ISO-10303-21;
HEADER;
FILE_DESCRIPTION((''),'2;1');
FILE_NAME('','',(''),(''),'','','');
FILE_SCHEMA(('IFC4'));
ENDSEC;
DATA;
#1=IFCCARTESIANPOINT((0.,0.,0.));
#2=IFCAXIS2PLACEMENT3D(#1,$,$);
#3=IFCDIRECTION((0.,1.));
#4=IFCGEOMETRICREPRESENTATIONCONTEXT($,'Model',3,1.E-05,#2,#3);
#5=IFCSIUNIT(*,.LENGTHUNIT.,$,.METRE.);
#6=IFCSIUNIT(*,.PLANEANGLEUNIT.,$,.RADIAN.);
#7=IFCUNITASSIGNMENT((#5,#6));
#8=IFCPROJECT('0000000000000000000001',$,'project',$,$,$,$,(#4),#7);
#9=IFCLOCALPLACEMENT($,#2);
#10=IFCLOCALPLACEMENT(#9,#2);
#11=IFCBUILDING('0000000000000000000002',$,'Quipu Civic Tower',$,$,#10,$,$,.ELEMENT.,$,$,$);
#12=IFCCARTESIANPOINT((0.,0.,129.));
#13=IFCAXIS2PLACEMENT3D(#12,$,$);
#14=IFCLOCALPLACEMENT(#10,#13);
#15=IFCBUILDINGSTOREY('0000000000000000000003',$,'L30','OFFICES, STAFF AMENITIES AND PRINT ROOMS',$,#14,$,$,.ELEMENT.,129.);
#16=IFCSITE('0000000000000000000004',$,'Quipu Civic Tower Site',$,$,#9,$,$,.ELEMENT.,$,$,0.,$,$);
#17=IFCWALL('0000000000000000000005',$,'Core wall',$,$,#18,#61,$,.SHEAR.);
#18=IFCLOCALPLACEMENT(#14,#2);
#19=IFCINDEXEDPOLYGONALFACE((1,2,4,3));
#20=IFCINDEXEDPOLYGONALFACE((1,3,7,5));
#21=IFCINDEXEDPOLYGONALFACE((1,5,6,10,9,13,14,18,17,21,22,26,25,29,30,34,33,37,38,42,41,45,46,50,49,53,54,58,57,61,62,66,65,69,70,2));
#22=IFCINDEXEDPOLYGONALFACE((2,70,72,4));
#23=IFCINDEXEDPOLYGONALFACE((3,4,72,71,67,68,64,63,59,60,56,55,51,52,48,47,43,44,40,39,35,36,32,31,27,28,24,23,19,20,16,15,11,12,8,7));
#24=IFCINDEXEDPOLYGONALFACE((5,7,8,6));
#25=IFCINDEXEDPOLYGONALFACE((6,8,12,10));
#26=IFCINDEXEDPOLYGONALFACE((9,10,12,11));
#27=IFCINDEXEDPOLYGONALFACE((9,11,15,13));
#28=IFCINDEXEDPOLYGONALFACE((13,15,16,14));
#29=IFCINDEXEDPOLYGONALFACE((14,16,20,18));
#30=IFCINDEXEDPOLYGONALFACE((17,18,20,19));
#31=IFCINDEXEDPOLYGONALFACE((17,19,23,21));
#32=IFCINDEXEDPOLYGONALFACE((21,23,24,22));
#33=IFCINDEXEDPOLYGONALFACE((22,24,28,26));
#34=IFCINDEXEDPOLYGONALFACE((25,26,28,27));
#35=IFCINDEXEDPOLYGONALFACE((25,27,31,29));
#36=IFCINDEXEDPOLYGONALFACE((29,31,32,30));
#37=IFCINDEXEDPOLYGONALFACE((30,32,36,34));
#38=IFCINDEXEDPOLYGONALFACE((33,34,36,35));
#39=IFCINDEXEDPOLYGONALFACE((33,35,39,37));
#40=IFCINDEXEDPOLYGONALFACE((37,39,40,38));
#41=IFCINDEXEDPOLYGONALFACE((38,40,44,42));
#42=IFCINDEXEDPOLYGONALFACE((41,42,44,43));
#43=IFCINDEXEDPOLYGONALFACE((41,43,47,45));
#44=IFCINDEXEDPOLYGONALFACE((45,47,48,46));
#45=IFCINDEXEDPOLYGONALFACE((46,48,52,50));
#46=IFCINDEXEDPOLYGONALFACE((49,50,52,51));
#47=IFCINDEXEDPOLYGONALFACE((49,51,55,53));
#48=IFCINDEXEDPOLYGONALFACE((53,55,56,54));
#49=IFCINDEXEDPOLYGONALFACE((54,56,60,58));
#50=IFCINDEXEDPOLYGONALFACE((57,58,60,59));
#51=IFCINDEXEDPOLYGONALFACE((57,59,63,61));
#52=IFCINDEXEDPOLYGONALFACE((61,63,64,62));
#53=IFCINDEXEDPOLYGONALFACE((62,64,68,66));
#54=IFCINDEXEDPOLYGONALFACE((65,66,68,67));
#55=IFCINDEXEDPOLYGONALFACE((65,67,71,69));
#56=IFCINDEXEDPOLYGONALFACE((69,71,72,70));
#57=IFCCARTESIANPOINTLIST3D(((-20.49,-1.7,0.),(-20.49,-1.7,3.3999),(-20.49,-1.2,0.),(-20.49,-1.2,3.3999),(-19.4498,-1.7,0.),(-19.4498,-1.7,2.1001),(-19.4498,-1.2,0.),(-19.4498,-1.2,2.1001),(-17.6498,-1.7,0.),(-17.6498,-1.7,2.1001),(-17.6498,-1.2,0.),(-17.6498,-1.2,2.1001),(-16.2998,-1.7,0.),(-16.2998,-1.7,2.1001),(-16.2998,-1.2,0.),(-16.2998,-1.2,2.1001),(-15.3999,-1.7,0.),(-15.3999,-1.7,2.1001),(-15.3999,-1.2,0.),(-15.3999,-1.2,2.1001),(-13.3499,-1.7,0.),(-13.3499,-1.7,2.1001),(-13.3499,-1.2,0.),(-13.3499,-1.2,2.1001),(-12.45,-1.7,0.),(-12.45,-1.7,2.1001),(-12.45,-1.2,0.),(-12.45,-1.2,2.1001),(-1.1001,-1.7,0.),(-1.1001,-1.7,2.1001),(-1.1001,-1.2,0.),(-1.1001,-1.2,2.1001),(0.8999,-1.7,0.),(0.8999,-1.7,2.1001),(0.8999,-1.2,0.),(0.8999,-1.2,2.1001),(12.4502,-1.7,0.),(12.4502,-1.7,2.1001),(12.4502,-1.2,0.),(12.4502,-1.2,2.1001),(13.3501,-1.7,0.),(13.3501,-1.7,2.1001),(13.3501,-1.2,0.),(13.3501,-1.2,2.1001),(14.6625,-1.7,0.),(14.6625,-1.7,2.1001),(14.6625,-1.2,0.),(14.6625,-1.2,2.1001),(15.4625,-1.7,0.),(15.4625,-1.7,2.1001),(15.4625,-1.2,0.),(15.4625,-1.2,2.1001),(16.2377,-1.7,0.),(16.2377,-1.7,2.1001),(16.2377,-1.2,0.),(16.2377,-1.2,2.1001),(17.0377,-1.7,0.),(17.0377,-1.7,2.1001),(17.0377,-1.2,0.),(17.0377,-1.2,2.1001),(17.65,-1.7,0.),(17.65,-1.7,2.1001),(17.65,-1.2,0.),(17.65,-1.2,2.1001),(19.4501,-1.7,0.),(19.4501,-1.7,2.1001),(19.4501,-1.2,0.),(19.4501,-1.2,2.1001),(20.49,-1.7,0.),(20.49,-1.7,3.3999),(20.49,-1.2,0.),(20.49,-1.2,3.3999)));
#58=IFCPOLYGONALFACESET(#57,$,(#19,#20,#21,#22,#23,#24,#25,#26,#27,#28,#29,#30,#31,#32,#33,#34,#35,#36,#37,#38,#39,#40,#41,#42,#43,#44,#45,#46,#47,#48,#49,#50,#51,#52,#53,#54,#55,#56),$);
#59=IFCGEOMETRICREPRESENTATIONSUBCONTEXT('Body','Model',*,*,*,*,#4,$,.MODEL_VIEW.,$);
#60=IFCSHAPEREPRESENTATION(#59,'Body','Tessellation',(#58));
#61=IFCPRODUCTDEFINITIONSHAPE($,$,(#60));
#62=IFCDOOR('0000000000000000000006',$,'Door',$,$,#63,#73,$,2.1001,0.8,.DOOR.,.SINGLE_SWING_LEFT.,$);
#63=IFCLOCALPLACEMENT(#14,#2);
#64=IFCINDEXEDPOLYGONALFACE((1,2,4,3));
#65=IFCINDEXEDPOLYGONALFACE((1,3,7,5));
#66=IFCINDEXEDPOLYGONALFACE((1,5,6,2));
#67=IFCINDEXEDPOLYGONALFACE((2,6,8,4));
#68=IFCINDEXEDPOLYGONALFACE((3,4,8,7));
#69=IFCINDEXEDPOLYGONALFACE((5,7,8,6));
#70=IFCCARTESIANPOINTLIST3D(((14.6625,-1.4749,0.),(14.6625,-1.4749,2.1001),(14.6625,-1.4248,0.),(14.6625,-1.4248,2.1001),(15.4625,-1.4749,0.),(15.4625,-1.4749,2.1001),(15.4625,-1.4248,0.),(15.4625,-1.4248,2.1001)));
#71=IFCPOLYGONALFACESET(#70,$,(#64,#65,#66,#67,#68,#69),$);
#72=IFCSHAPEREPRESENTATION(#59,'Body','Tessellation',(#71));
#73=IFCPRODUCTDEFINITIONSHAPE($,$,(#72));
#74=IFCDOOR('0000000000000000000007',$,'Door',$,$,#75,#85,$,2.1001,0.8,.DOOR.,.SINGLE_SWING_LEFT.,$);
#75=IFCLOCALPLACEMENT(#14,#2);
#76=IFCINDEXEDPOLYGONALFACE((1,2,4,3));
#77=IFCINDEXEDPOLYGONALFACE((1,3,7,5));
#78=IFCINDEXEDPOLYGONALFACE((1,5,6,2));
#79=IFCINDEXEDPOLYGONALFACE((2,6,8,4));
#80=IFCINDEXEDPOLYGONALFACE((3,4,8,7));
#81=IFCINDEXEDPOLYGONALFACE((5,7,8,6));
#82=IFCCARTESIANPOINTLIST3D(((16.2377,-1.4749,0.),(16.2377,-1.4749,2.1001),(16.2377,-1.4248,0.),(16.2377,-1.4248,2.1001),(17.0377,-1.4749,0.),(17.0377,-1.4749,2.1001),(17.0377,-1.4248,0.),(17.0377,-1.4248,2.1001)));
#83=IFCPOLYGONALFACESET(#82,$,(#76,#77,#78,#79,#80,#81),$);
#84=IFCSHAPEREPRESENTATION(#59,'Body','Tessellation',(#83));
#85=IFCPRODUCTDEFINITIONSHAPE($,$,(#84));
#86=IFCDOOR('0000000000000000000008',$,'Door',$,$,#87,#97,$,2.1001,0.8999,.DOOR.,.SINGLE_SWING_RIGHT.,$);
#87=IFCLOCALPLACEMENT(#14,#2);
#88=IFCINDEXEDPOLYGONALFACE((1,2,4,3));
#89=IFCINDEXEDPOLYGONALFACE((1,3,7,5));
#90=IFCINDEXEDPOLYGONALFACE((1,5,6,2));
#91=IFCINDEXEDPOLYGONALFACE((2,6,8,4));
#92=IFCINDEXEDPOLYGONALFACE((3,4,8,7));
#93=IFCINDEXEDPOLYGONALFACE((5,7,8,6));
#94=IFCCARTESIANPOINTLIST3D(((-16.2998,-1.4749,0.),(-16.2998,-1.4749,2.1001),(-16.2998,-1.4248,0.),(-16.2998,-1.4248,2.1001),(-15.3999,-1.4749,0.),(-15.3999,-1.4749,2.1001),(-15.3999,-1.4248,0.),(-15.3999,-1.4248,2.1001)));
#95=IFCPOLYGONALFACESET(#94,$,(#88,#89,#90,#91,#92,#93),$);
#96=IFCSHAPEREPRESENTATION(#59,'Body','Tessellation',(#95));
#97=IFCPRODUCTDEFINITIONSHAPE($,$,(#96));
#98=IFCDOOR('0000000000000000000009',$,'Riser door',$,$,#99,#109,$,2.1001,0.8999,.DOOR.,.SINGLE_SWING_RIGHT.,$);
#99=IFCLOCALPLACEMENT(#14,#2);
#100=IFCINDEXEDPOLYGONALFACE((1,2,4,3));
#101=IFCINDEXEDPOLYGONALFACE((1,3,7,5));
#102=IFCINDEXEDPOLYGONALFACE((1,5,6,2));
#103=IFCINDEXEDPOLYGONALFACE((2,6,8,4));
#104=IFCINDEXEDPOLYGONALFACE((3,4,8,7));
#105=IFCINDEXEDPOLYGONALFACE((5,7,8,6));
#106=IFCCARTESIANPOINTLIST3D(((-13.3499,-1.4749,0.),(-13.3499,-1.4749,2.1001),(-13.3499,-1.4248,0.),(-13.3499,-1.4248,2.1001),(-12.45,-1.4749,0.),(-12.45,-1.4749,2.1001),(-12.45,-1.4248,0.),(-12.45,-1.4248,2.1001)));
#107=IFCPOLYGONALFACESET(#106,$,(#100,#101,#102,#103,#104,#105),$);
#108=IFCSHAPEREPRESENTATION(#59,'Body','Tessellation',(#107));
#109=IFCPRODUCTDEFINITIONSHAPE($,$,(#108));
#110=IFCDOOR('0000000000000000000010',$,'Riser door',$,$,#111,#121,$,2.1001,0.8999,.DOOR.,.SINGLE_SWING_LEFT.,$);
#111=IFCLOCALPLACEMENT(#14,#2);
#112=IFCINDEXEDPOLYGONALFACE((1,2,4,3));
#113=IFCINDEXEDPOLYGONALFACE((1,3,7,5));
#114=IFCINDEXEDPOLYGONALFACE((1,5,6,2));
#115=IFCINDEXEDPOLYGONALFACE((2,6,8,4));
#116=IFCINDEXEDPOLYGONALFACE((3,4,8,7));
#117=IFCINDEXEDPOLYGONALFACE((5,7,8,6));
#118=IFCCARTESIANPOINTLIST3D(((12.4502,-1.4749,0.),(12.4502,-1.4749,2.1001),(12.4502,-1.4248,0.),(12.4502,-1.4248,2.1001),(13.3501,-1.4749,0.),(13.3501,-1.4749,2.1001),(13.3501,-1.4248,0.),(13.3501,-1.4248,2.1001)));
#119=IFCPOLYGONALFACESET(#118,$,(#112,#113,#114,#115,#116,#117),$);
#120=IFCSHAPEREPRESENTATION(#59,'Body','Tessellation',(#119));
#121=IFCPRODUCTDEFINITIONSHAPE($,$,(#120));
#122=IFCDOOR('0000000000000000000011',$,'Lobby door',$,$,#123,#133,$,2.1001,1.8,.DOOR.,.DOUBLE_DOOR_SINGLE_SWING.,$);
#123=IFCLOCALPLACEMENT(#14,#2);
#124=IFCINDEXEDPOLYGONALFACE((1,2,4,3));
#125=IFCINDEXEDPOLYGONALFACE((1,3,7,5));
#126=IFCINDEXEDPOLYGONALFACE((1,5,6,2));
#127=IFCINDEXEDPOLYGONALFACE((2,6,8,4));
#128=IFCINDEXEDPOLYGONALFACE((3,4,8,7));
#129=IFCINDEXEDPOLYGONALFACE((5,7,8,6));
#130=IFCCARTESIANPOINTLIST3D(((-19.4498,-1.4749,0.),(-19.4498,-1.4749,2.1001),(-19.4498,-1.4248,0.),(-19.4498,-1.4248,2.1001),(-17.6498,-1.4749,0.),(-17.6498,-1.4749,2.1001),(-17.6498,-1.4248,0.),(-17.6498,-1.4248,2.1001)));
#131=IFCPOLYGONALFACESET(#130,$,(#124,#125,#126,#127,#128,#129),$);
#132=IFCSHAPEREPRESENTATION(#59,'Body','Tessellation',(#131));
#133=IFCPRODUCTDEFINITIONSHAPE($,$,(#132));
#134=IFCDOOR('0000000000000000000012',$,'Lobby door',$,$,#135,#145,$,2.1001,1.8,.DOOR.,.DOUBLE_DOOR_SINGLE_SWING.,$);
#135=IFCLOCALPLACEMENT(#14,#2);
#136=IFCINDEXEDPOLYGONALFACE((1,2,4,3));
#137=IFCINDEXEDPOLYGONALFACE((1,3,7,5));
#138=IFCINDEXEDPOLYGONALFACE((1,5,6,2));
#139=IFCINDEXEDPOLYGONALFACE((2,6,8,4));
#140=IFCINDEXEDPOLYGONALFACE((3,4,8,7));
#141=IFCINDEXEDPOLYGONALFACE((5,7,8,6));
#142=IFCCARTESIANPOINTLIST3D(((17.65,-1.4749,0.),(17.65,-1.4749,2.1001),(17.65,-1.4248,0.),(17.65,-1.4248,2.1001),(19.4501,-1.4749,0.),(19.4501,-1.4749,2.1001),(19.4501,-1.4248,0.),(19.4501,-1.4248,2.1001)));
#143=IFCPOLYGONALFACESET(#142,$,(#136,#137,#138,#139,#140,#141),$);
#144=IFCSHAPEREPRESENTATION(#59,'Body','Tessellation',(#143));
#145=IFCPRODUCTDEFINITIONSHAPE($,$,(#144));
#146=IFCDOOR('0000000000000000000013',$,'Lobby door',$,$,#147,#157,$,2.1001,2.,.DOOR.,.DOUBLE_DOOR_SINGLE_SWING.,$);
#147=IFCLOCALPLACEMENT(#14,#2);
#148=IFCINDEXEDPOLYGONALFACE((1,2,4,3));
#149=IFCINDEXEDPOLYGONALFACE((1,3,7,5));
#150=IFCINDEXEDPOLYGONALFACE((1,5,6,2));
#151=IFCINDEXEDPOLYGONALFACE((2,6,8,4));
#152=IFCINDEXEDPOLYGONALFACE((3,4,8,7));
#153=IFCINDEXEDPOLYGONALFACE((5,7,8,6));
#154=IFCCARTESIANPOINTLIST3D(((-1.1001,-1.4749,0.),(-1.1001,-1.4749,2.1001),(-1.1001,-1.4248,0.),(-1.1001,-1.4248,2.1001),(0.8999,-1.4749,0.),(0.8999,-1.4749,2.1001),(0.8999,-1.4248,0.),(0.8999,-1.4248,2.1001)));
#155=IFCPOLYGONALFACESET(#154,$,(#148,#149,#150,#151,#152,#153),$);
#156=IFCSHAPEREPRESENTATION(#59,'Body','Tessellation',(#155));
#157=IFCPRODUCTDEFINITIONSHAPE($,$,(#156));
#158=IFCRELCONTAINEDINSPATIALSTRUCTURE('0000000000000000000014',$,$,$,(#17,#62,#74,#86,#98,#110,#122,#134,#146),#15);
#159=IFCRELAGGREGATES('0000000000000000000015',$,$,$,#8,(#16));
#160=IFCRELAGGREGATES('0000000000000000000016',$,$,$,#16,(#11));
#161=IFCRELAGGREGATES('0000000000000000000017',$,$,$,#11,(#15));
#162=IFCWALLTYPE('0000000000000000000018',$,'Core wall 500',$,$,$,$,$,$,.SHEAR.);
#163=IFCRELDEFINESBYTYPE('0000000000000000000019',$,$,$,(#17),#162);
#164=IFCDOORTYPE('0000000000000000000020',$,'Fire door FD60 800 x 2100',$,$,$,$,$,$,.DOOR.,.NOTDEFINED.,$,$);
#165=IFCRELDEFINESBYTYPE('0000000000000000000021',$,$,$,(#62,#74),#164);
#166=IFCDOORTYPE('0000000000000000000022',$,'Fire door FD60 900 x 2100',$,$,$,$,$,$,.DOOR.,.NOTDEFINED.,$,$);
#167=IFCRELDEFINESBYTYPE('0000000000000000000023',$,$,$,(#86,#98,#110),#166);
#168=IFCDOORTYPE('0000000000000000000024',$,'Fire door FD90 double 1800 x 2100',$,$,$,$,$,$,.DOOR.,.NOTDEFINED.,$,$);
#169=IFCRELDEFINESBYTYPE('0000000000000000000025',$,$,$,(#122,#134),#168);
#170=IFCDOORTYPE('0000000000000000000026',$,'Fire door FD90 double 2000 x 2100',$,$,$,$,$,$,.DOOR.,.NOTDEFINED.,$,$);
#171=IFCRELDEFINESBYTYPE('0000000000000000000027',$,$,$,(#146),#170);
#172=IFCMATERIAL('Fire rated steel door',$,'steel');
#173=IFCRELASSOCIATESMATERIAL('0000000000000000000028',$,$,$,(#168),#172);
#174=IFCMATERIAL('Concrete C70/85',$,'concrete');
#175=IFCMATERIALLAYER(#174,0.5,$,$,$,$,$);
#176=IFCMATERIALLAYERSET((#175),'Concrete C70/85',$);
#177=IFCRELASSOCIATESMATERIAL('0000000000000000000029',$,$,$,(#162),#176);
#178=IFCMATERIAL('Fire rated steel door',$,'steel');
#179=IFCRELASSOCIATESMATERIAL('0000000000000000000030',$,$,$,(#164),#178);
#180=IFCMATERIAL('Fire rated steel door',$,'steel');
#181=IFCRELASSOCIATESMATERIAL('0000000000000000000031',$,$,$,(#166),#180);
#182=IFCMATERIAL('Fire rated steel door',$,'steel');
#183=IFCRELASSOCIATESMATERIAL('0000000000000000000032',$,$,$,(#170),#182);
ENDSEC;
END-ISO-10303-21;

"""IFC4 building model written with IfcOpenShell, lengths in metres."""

from ifc_helpers import new_model, si_unit, direction, frame, frame_2d, origin, place, context, subcontext, project, spatial, rectangle, extrude, material, layer, layer_set, type_object, element, fill, save


model = new_model("IFC4")

# Units and contexts
model_context = context("Model", 3, precision=1e-05, world=origin(), true_north=direction((0.0, 1.0)))
body_context = subcontext(model_context, "Body", "Model", "MODEL_VIEW")
ifc_project = project(units=[si_unit("LENGTHUNIT", "METRE"), si_unit("PLANEANGLEUNIT", "RADIAN")], contexts=[model_context])

# Site, building, storey
site_placement = place(None, origin())
site = spatial("IfcSite", under=ifc_project, at=site_placement, Name="Quipu Civic Tower Site", CompositionType="ELEMENT", RefElevation=0.0)
building_placement = place(site_placement, origin())
building = spatial("IfcBuilding", under=site, at=building_placement, Name="Quipu Civic Tower", CompositionType="ELEMENT")
storey_placement = place(building_placement, frame((0.0, 0.0, 129.0)))
storey = spatial("IfcBuildingStorey", under=building, at=storey_placement, Name="L30", Description="OFFICES, STAFF AMENITIES AND PRINT ROOMS", CompositionType="ELEMENT", Elevation=129.0)

# Shared definitions
ifc_material_1 = material(Name="Fire rated steel door", Category="steel")
door_type_1 = type_object("IfcDoorType", Name="Fire door FD90 double 1800 x 2100", OperationType="NOTDEFINED", PredefinedType="DOOR", material=ifc_material_1)

# Shared definitions
ifc_material_2 = material(Name="Concrete C70/85", Category="concrete")
ifc_layer_1 = layer(ifc_material_2, 0.5)
ifc_layer_set_1 = layer_set([ifc_layer_1], Name="Concrete C70/85")
wall_type_1 = type_object("IfcWallType", Name="Core wall 500", PredefinedType="SHEAR", material=ifc_layer_set_1)

# Wall, openings, doors
wall_1_placement = place(storey_placement, frame((20.49, -1.45, 0.0), z_axis=(0.0, 0.0, 1.0), x_axis=(-1.0, 0.0, 0.0)))
wall_1 = element("IfcWall", 1, at=wall_1_placement, inside=storey, type_object=wall_type_1, Name="Core wall", PredefinedType="SHEAR", context=body_context, shape_type="SweptSolid", body=[
    extrude(rectangle(XDim=40.98, YDim=0.5, at=frame_2d((20.49, 0.0))), origin(), (0.0, 0.0, 1.0), 3.3999),
])
opening_1_placement = place(wall_1_placement, frame((38.1399, 0.0, 0.0)))
opening_1 = element("IfcOpeningElement", 2, at=opening_1_placement, cuts=wall_1, PredefinedType="OPENING", context=body_context, shape_type="SweptSolid", body=[
    extrude(rectangle(XDim=1.8, YDim=2.1001, at=frame_2d((0.8999, 1.05))), frame((0.0, 0.26, 0.0), z_axis=(0.0, -1.0, 0.0), x_axis=(1.0, 0.0, 0.0)), (0.0, 0.0, 1.0), 0.52),
])
opening_2_placement = place(wall_1_placement, frame((35.8899, 0.0, 0.0)))
opening_2 = element("IfcOpeningElement", 3, at=opening_2_placement, cuts=wall_1, PredefinedType="OPENING", context=body_context, shape_type="SweptSolid", body=[
    extrude(rectangle(XDim=0.8999, YDim=2.1001, at=frame_2d((0.45, 1.05))), frame((0.0, 0.26, 0.0), z_axis=(0.0, -1.0, 0.0), x_axis=(1.0, 0.0, 0.0)), (0.0, 0.0, 1.0), 0.52),
])
opening_3_placement = place(wall_1_placement, frame((32.9399, 0.0, 0.0)))
opening_3 = element("IfcOpeningElement", 4, at=opening_3_placement, cuts=wall_1, PredefinedType="OPENING", context=body_context, shape_type="SweptSolid", body=[
    extrude(rectangle(XDim=0.8999, YDim=2.1001, at=frame_2d((0.45, 1.05))), frame((0.0, 0.26, 0.0), z_axis=(0.0, -1.0, 0.0), x_axis=(1.0, 0.0, 0.0)), (0.0, 0.0, 1.0), 0.52),
])
opening_4_placement = place(wall_1_placement, frame((19.5901, 0.0, 0.0)))
opening_4 = element("IfcOpeningElement", 5, at=opening_4_placement, cuts=wall_1, PredefinedType="OPENING", context=body_context, shape_type="SweptSolid", body=[
    extrude(rectangle(XDim=2.0, YDim=2.1001, at=frame_2d((1.0, 1.05))), frame((0.0, 0.26, 0.0), z_axis=(0.0, -1.0, 0.0), x_axis=(1.0, 0.0, 0.0)), (0.0, 0.0, 1.0), 0.52),
])
opening_5_placement = place(wall_1_placement, frame((7.1399, 0.0, 0.0)))
opening_5 = element("IfcOpeningElement", 6, at=opening_5_placement, cuts=wall_1, PredefinedType="OPENING", context=body_context, shape_type="SweptSolid", body=[
    extrude(rectangle(XDim=0.8999, YDim=2.1001, at=frame_2d((0.45, 1.05))), frame((0.0, 0.26, 0.0), z_axis=(0.0, -1.0, 0.0), x_axis=(1.0, 0.0, 0.0)), (0.0, 0.0, 1.0), 0.52),
])
opening_6_placement = place(wall_1_placement, frame((5.0276, 0.0, 0.0)))
opening_6 = element("IfcOpeningElement", 7, at=opening_6_placement, cuts=wall_1, PredefinedType="OPENING", context=body_context, shape_type="SweptSolid", body=[
    extrude(rectangle(XDim=0.8, YDim=2.1001, at=frame_2d((0.3999, 1.05))), frame((0.0, 0.26, 0.0), z_axis=(0.0, -1.0, 0.0), x_axis=(1.0, 0.0, 0.0)), (0.0, 0.0, 1.0), 0.52),
])
opening_7_placement = place(wall_1_placement, frame((3.4524, 0.0, 0.0)))
opening_7 = element("IfcOpeningElement", 8, at=opening_7_placement, cuts=wall_1, PredefinedType="OPENING", context=body_context, shape_type="SweptSolid", body=[
    extrude(rectangle(XDim=0.8, YDim=2.1001, at=frame_2d((0.3999, 1.05))), frame((0.0, 0.26, 0.0), z_axis=(0.0, -1.0, 0.0), x_axis=(1.0, 0.0, 0.0)), (0.0, 0.0, 1.0), 0.52),
])
opening_8_placement = place(wall_1_placement, frame((1.04, 0.0, 0.0)))
opening_8 = element("IfcOpeningElement", 9, at=opening_8_placement, cuts=wall_1, PredefinedType="OPENING", context=body_context, shape_type="SweptSolid", body=[
    extrude(rectangle(XDim=1.8, YDim=2.1001, at=frame_2d((0.8999, 1.05))), frame((0.0, 0.26, 0.0), z_axis=(0.0, -1.0, 0.0), x_axis=(1.0, 0.0, 0.0)), (0.0, 0.0, 1.0), 0.52),
])
ifc_material_3 = material(Name="Fire rated steel door", Category="steel")
door_type_2 = type_object("IfcDoorType", Name="Fire door FD60 800 x 2100", OperationType="NOTDEFINED", PredefinedType="DOOR", material=ifc_material_3)
door_1_placement = place(opening_6_placement, origin())
door_1 = element("IfcDoor", 10, at=door_1_placement, inside=storey, type_object=door_type_2, Name="Door", OperationType="SINGLE_SWING_LEFT", OverallHeight=2.1001, OverallWidth=0.8, PredefinedType="DOOR", context=body_context, shape_type="SweptSolid", body=[
    extrude(rectangle(XDim=0.8, YDim=2.1001, at=frame_2d((0.3999, 1.05))), frame((0.0, 0.0249, 0.0), z_axis=(0.0, -1.0, 0.0), x_axis=(1.0, 0.0, 0.0)), (0.0, 0.0, 1.0), 0.05),
])
fill(opening_6, door_1)
door_2_placement = place(opening_7_placement, origin())
door_2 = element("IfcDoor", 11, at=door_2_placement, inside=storey, type_object=door_type_2, Name="Door", OperationType="SINGLE_SWING_LEFT", OverallHeight=2.1001, OverallWidth=0.8, PredefinedType="DOOR", context=body_context, shape_type="SweptSolid", body=[
    extrude(rectangle(XDim=0.8, YDim=2.1001, at=frame_2d((0.3999, 1.05))), frame((0.0, 0.0249, 0.0), z_axis=(0.0, -1.0, 0.0), x_axis=(1.0, 0.0, 0.0)), (0.0, 0.0, 1.0), 0.05),
])
fill(opening_7, door_2)
ifc_material_4 = material(Name="Fire rated steel door", Category="steel")
door_type_3 = type_object("IfcDoorType", Name="Fire door FD60 900 x 2100", OperationType="NOTDEFINED", PredefinedType="DOOR", material=ifc_material_4)
door_3_placement = place(opening_2_placement, origin())
door_3 = element("IfcDoor", 12, at=door_3_placement, inside=storey, type_object=door_type_3, Name="Door", OperationType="SINGLE_SWING_RIGHT", OverallHeight=2.1001, OverallWidth=0.8999, PredefinedType="DOOR", context=body_context, shape_type="SweptSolid", body=[
    extrude(rectangle(XDim=0.8999, YDim=2.1001, at=frame_2d((0.45, 1.05))), frame((0.0, 0.0249, 0.0), z_axis=(0.0, -1.0, 0.0), x_axis=(1.0, 0.0, 0.0)), (0.0, 0.0, 1.0), 0.05),
])
fill(opening_2, door_3)
door_4_placement = place(opening_3_placement, origin())
door_4 = element("IfcDoor", 13, at=door_4_placement, inside=storey, type_object=door_type_3, Name="Riser door", OperationType="SINGLE_SWING_RIGHT", OverallHeight=2.1001, OverallWidth=0.8999, PredefinedType="DOOR", context=body_context, shape_type="SweptSolid", body=[
    extrude(rectangle(XDim=0.8999, YDim=2.1001, at=frame_2d((0.45, 1.05))), frame((0.0, 0.0249, 0.0), z_axis=(0.0, -1.0, 0.0), x_axis=(1.0, 0.0, 0.0)), (0.0, 0.0, 1.0), 0.05),
])
fill(opening_3, door_4)
door_5_placement = place(opening_5_placement, origin())
door_5 = element("IfcDoor", 14, at=door_5_placement, inside=storey, type_object=door_type_3, Name="Riser door", OperationType="SINGLE_SWING_LEFT", OverallHeight=2.1001, OverallWidth=0.8999, PredefinedType="DOOR", context=body_context, shape_type="SweptSolid", body=[
    extrude(rectangle(XDim=0.8999, YDim=2.1001, at=frame_2d((0.45, 1.05))), frame((0.0, 0.0249, 0.0), z_axis=(0.0, -1.0, 0.0), x_axis=(1.0, 0.0, 0.0)), (0.0, 0.0, 1.0), 0.05),
])
fill(opening_5, door_5)
door_6_placement = place(opening_1_placement, origin())
door_6 = element("IfcDoor", 15, at=door_6_placement, inside=storey, type_object=door_type_1, Name="Lobby door", OperationType="DOUBLE_DOOR_SINGLE_SWING", OverallHeight=2.1001, OverallWidth=1.8, PredefinedType="DOOR", context=body_context, shape_type="SweptSolid", body=[
    extrude(rectangle(XDim=1.8, YDim=2.1001, at=frame_2d((0.8999, 1.05))), frame((0.0, 0.0249, 0.0), z_axis=(0.0, -1.0, 0.0), x_axis=(1.0, 0.0, 0.0)), (0.0, 0.0, 1.0), 0.05),
])
fill(opening_1, door_6)
door_7_placement = place(opening_8_placement, origin())
door_7 = element("IfcDoor", 16, at=door_7_placement, inside=storey, type_object=door_type_1, Name="Lobby door", OperationType="DOUBLE_DOOR_SINGLE_SWING", OverallHeight=2.1001, OverallWidth=1.8, PredefinedType="DOOR", context=body_context, shape_type="SweptSolid", body=[
    extrude(rectangle(XDim=1.8, YDim=2.1001, at=frame_2d((0.8999, 1.05))), frame((0.0, 0.0249, 0.0), z_axis=(0.0, -1.0, 0.0), x_axis=(1.0, 0.0, 0.0)), (0.0, 0.0, 1.0), 0.05),
])
fill(opening_8, door_7)
ifc_material_5 = material(Name="Fire rated steel door", Category="steel")
door_type_4 = type_object("IfcDoorType", Name="Fire door FD90 double 2000 x 2100", OperationType="NOTDEFINED", PredefinedType="DOOR", material=ifc_material_5)
door_8_placement = place(opening_4_placement, origin())
door_8 = element("IfcDoor", 17, at=door_8_placement, inside=storey, type_object=door_type_4, Name="Lobby door", OperationType="DOUBLE_DOOR_SINGLE_SWING", OverallHeight=2.1001, OverallWidth=2.0, PredefinedType="DOOR", context=body_context, shape_type="SweptSolid", body=[
    extrude(rectangle(XDim=2.0, YDim=2.1001, at=frame_2d((1.0, 1.05))), frame((0.0, 0.0249, 0.0), z_axis=(0.0, -1.0, 0.0), x_axis=(1.0, 0.0, 0.0)), (0.0, 0.0, 1.0), 0.05),
])
fill(opening_4, door_8)

save(model, "model.ifc")
